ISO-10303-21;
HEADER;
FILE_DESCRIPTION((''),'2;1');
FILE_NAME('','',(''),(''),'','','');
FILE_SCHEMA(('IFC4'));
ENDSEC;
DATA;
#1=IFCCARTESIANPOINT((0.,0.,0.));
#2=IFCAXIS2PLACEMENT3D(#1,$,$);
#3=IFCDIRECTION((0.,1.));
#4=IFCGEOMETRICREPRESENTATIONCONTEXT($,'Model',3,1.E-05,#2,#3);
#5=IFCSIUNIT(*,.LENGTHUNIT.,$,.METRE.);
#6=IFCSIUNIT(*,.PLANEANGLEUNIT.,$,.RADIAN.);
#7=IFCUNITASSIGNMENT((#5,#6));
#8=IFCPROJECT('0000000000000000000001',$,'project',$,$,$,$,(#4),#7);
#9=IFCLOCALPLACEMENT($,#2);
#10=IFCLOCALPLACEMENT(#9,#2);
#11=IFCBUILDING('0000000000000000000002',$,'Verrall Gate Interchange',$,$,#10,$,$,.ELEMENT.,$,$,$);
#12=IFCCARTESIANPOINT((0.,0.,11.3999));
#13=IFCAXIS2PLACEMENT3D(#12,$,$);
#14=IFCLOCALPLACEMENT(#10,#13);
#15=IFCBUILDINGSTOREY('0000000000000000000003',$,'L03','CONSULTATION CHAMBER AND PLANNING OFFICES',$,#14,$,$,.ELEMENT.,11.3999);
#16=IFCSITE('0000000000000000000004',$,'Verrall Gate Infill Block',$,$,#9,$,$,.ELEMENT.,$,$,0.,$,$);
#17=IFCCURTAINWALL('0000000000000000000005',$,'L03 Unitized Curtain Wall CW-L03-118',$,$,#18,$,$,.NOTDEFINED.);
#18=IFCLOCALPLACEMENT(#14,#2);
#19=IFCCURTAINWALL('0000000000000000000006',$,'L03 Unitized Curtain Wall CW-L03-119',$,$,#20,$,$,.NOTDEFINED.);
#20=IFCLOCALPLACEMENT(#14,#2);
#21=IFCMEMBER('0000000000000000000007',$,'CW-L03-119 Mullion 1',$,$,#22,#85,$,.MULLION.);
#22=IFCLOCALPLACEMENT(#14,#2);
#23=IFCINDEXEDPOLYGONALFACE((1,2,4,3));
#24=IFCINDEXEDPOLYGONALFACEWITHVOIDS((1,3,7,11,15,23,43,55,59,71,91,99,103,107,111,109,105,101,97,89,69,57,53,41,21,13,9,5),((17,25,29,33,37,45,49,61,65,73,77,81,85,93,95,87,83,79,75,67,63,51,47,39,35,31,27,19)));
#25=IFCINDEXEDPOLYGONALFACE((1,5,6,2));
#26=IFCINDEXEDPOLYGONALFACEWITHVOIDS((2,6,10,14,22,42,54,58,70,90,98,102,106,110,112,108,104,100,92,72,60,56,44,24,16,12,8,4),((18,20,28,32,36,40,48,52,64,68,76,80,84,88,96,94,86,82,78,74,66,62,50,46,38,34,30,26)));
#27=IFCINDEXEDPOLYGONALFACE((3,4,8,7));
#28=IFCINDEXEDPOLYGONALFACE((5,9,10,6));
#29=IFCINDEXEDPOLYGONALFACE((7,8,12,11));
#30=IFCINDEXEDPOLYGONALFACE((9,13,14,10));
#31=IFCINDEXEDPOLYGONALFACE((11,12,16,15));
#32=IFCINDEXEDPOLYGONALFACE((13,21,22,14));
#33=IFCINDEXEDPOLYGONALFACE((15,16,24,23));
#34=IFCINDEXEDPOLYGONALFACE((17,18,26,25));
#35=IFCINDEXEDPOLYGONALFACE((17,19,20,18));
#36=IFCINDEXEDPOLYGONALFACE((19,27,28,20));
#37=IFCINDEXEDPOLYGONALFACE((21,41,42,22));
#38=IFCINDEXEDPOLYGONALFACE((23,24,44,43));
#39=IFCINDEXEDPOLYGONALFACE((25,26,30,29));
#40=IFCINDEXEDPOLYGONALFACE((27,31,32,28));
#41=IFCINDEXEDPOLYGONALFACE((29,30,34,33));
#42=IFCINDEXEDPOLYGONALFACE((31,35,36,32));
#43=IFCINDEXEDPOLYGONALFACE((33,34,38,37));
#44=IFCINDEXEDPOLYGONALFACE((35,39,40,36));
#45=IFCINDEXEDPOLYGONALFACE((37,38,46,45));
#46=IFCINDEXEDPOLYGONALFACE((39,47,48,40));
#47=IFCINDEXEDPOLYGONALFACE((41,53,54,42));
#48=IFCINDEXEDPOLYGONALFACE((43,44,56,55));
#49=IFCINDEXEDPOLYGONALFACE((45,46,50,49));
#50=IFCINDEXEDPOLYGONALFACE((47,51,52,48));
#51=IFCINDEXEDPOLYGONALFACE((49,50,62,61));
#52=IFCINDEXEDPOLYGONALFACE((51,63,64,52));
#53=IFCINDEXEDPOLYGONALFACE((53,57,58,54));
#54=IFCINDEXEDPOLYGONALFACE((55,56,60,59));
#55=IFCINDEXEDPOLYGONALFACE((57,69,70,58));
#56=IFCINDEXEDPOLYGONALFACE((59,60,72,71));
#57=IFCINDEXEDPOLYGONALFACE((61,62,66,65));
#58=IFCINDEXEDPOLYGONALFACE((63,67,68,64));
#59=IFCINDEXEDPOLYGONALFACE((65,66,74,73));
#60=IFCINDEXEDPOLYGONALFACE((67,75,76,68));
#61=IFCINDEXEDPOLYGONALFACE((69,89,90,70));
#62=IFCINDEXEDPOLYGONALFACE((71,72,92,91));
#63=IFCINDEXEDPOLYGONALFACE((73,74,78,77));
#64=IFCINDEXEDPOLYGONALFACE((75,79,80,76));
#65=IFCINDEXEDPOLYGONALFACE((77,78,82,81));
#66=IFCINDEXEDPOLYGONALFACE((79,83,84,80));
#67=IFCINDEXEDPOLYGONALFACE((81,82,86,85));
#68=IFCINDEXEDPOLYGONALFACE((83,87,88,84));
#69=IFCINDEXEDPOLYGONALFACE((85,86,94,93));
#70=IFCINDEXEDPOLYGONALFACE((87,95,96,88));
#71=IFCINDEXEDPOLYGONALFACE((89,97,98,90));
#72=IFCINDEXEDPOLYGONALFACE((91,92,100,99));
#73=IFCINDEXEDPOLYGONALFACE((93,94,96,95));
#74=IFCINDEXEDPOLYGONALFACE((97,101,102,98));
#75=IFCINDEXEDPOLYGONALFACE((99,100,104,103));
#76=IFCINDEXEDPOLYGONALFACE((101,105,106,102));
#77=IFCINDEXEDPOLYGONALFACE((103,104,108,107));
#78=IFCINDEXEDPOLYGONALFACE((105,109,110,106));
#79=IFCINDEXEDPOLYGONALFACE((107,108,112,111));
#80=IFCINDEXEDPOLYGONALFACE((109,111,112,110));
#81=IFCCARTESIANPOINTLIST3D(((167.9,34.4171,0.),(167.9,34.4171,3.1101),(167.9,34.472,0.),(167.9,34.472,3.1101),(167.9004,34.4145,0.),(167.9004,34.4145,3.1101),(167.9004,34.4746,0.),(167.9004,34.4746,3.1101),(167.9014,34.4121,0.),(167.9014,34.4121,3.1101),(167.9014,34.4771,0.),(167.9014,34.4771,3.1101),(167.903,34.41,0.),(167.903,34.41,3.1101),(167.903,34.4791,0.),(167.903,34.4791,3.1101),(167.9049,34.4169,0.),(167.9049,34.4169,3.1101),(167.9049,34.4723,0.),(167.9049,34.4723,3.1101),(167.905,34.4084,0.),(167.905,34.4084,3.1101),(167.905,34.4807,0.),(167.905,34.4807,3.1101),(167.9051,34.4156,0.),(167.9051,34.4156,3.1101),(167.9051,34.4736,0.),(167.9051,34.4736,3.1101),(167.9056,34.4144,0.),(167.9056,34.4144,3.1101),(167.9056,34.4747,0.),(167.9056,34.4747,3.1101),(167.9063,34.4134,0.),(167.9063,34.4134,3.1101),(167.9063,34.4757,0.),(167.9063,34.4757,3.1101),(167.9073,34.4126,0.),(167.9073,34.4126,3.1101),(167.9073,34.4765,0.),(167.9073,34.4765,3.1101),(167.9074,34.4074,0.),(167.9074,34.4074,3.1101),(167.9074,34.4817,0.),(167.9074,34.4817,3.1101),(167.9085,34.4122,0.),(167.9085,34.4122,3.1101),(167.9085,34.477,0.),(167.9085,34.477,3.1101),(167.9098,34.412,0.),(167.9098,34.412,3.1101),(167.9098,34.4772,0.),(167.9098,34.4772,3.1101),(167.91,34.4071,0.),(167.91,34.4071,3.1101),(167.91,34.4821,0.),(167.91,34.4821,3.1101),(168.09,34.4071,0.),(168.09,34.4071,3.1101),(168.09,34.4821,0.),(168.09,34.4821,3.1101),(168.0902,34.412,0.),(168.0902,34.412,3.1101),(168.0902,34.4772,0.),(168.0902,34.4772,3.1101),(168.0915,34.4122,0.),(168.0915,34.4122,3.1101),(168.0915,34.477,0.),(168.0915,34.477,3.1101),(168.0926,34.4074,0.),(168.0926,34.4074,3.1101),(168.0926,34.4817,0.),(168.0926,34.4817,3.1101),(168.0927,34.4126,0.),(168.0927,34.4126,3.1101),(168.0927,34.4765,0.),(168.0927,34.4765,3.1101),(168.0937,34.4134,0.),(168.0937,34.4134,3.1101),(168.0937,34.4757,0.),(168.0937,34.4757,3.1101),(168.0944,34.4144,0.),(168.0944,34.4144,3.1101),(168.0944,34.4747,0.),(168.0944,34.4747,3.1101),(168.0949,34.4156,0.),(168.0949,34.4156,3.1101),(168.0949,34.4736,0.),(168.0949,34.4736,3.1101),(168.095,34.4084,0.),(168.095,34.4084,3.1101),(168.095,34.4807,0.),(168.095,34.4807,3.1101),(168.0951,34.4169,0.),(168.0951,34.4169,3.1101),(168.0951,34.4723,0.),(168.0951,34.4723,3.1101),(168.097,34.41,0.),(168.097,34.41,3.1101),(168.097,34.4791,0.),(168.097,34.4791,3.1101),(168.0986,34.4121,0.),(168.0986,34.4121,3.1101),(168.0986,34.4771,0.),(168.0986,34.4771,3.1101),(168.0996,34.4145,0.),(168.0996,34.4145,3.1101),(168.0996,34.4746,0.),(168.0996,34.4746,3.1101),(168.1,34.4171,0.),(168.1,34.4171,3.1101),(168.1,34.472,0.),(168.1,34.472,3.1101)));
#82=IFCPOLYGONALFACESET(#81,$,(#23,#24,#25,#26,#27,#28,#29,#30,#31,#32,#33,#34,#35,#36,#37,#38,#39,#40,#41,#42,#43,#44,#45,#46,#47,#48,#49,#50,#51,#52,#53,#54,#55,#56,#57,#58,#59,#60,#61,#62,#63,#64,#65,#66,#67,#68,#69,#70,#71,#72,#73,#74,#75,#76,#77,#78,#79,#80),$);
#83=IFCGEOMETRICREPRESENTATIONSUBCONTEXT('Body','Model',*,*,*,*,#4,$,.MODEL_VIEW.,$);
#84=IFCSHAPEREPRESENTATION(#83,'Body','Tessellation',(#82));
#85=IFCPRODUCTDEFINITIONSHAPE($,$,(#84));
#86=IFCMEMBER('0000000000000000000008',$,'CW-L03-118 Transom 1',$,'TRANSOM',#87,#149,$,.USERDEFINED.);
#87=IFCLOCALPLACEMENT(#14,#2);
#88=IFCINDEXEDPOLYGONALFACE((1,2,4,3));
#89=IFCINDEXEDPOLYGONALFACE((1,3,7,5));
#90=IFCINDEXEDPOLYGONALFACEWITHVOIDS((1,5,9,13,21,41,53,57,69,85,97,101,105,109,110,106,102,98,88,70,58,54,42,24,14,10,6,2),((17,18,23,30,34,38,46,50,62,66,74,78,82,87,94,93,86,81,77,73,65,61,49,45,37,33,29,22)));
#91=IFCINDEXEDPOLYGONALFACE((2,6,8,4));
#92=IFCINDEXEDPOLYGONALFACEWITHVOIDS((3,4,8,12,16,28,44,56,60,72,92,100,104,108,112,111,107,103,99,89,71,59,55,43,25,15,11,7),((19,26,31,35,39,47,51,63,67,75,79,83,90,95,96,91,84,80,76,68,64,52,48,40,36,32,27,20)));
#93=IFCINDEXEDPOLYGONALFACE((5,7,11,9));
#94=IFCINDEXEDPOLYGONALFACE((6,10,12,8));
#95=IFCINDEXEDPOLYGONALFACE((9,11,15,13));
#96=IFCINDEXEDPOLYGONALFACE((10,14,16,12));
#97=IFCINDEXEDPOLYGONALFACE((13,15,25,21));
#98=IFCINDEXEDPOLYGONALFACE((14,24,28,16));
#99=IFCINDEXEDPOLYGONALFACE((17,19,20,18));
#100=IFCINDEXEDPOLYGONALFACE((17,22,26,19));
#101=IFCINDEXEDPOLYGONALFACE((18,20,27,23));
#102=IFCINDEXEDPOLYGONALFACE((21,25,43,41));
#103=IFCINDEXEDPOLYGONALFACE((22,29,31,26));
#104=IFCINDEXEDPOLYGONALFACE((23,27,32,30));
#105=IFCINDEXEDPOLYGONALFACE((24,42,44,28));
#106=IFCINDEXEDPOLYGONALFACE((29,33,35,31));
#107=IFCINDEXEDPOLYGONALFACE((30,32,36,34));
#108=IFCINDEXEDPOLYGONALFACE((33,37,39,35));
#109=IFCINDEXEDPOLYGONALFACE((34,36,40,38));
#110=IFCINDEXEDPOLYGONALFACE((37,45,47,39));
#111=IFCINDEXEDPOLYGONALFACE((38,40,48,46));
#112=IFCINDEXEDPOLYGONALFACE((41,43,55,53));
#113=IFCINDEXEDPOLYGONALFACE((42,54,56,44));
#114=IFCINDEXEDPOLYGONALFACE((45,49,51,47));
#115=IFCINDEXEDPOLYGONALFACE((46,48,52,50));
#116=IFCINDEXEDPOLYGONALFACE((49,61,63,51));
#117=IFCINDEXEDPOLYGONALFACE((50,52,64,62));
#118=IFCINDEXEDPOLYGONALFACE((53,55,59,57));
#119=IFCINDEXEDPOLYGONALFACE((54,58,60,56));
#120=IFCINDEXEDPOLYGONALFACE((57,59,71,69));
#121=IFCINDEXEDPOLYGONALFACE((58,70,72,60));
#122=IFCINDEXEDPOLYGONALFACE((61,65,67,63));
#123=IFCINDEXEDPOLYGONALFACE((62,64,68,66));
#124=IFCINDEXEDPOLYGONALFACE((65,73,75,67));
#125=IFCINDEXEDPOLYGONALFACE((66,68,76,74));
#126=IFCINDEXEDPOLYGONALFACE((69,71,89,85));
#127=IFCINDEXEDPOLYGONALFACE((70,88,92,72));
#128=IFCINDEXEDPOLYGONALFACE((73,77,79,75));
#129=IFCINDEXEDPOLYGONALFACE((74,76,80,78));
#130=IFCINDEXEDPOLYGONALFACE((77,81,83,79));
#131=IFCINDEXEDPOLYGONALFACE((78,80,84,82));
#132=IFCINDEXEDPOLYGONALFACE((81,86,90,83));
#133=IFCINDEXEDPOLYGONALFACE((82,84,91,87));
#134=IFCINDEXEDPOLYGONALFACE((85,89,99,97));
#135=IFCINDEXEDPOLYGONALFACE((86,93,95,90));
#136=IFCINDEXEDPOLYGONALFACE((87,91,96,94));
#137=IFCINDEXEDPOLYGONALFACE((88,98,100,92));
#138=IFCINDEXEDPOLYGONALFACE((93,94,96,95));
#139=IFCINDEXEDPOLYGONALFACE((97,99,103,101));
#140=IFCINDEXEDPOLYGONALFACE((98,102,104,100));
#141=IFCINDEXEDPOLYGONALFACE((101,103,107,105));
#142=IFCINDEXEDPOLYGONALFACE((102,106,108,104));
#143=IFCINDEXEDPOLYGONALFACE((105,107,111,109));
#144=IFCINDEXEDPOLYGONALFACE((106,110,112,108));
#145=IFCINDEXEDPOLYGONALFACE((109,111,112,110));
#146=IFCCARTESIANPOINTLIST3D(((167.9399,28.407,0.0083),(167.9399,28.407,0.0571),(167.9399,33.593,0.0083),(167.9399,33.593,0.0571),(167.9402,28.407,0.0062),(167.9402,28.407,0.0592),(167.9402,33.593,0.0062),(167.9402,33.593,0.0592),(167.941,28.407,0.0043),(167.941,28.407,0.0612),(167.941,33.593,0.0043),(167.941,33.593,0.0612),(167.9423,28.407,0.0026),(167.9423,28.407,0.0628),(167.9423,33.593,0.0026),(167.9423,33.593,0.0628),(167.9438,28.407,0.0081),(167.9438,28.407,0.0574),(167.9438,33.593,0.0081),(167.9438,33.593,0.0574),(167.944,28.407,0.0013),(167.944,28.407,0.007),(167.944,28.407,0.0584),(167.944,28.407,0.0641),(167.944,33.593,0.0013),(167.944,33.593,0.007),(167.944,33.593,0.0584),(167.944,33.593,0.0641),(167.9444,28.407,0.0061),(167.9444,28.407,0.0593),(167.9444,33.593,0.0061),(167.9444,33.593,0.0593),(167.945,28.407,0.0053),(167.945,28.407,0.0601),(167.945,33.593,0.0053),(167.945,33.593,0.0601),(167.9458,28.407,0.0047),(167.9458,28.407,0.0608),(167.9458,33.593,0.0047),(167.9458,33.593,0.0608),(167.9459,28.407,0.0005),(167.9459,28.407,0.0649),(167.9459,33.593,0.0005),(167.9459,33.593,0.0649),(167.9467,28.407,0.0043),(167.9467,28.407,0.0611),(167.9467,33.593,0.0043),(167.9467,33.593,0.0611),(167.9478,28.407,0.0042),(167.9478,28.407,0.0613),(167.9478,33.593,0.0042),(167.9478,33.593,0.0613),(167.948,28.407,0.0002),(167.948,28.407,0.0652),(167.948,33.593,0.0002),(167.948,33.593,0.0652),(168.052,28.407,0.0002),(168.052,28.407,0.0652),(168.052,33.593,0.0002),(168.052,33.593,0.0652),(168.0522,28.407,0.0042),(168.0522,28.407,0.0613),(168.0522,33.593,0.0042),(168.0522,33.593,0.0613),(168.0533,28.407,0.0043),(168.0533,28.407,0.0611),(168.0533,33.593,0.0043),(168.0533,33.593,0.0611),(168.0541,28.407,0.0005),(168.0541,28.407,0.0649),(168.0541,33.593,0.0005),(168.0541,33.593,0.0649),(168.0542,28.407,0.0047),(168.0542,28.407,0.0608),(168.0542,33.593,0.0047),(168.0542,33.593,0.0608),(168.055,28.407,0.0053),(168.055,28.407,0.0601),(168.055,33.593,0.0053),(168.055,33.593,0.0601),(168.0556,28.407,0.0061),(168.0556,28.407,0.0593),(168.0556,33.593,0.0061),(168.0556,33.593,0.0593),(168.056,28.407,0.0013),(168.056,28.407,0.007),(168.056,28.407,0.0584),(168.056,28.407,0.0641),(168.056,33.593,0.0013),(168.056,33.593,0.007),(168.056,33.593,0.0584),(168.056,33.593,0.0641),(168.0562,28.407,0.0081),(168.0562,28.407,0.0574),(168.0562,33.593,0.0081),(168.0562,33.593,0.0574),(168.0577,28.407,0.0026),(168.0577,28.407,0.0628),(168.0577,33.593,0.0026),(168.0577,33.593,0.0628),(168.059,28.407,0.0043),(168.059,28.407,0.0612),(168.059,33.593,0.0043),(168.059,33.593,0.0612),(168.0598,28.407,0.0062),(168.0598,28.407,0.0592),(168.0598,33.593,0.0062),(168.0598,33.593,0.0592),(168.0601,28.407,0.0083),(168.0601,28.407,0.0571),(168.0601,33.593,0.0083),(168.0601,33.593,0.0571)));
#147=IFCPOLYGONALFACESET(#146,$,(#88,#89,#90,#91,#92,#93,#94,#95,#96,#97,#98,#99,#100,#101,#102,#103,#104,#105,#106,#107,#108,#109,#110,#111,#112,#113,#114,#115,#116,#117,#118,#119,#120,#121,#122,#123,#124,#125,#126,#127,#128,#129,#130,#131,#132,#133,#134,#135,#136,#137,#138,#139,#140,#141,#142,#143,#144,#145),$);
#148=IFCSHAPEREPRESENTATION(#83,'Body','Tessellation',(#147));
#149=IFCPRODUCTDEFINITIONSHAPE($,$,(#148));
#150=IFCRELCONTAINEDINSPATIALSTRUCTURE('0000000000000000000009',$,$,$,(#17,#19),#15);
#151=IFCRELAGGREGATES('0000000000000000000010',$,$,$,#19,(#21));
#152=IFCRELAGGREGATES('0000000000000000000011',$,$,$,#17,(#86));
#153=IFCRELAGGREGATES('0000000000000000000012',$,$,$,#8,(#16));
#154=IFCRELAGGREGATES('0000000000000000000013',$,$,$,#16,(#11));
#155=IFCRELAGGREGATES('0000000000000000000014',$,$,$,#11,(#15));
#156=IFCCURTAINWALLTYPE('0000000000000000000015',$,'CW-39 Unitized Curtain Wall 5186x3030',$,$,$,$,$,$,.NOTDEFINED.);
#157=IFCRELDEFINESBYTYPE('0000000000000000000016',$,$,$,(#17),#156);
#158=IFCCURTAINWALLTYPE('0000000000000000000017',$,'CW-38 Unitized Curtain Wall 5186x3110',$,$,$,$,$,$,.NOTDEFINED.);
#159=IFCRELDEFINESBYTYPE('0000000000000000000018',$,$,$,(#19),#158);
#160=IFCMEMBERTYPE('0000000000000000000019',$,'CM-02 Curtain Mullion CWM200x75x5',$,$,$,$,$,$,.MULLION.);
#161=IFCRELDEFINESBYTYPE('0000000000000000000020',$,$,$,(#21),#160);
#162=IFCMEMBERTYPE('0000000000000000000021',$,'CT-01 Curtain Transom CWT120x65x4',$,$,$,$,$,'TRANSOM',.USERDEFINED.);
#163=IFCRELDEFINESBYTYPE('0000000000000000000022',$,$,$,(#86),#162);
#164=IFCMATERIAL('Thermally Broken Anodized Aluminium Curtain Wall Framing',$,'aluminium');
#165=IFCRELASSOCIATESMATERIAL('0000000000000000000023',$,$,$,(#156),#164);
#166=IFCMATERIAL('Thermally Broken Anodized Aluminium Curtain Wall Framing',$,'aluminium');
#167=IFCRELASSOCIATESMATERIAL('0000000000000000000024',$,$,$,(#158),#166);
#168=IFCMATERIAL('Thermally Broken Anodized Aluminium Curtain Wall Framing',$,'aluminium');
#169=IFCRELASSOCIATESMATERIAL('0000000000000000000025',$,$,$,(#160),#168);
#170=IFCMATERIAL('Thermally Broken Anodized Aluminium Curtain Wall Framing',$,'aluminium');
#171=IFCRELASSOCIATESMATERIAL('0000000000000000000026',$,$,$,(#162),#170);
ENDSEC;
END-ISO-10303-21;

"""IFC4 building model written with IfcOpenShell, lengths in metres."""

from ifc_helpers import new_model, si_unit, direction, frame, origin, origin_2d, place, context, subcontext, project, spatial, hollow_rectangle, extrude, material, material_profile, profile_set, type_object, element, aggregate, save


model = new_model("IFC4")

# Units and contexts
model_context = context("Model", 3, precision=1e-05, world=origin(), true_north=direction((0.0, 1.0)))
body_context = subcontext(model_context, "Body", "Model", "MODEL_VIEW")
ifc_project = project(units=[si_unit("LENGTHUNIT", "METRE"), si_unit("PLANEANGLEUNIT", "RADIAN")], contexts=[model_context])

# Site, building, storey
site_placement = place(None, origin())
site = spatial("IfcSite", under=ifc_project, at=site_placement, Name="Verrall Gate Infill Block", CompositionType="ELEMENT", RefElevation=0.0)
building_placement = place(site_placement, origin())
building = spatial("IfcBuilding", under=site, at=building_placement, Name="Verrall Gate Interchange", CompositionType="ELEMENT")
storey_placement = place(building_placement, frame((0.0, 0.0, 11.3999)))
storey = spatial("IfcBuildingStorey", under=building, at=storey_placement, Name="L03", Description="CONSULTATION CHAMBER AND PLANNING OFFICES", CompositionType="ELEMENT", Elevation=11.3999)

# Curtain wall
ifc_material_1 = material(Name="Thermally Broken Anodized Aluminium Curtain Wall Framing", Category="aluminium")
curtain_wall_type_1 = type_object("IfcCurtainWallType", Name="CW-39 Unitized Curtain Wall 5186x3030", PredefinedType="NOTDEFINED", material=ifc_material_1)
curtain_wall_1_placement = place(storey_placement, origin())
curtain_wall_1 = element("IfcCurtainWall", 1, at=curtain_wall_1_placement, inside=storey, type_object=curtain_wall_type_1, Name="L03 Unitized Curtain Wall CW-L03-118", PredefinedType="NOTDEFINED")

# Curtain wall, member
ifc_material_2 = material(Name="Thermally Broken Anodized Aluminium Curtain Wall Framing", Category="aluminium")
curtain_wall_type_2 = type_object("IfcCurtainWallType", Name="CW-38 Unitized Curtain Wall 5186x3110", PredefinedType="NOTDEFINED", material=ifc_material_2)
curtain_wall_2_placement = place(storey_placement, origin())
curtain_wall_2 = element("IfcCurtainWall", 2, at=curtain_wall_2_placement, inside=storey, type_object=curtain_wall_type_2, Name="L03 Unitized Curtain Wall CW-L03-119", PredefinedType="NOTDEFINED")
ifc_material_3 = material(Name="Thermally Broken Anodized Aluminium Curtain Wall Framing", Category="aluminium")
ifc_material_profile_1 = material_profile(ifc_material_3, hollow_rectangle(XDim=0.075, YDim=0.2, WallThickness=0.0049, InnerFilletRadius=0.0049, OuterFilletRadius=0.01, at=origin_2d()), Name="CWM200x75x5")
ifc_profile_set_1 = profile_set([ifc_material_profile_1], Name="Thermally Broken Anodized Aluminium Curtain Wall Framing")
member_type_1 = type_object("IfcMemberType", Name="CM-02 Curtain Mullion CWM200x75x5", PredefinedType="MULLION", material=ifc_profile_set_1)
member_1_placement = place(storey_placement, frame((168.0, 34.4446, 0.0), z_axis=(0.0, 0.0, 1.0), x_axis=(0.0, 1.0, 0.0)))
member_1 = element("IfcMember", 3, at=member_1_placement, type_object=member_type_1, Name="CW-L03-119 Mullion 1", PredefinedType="MULLION", context=body_context, shape_type="SweptSolid", body=[
    extrude(hollow_rectangle(XDim=0.075, YDim=0.2, WallThickness=0.0049, InnerFilletRadius=0.0049, OuterFilletRadius=0.01, at=origin_2d()), origin(), (0.0, 0.0, 1.0), 3.1101),
])

# Member
ifc_material_4 = material(Name="Thermally Broken Anodized Aluminium Curtain Wall Framing", Category="aluminium")
ifc_material_profile_2 = material_profile(ifc_material_4, hollow_rectangle(XDim=0.1201, YDim=0.0649, WallThickness=0.0039, InnerFilletRadius=0.0039, OuterFilletRadius=0.0081, at=origin_2d()), Name="CWT120x65x4")
ifc_profile_set_2 = profile_set([ifc_material_profile_2], Name="Thermally Broken Anodized Aluminium Curtain Wall Framing")
member_type_2 = type_object("IfcMemberType", Name="CT-01 Curtain Transom CWT120x65x4", ElementType="TRANSOM", PredefinedType="USERDEFINED", material=ifc_profile_set_2)
member_2_placement = place(storey_placement, frame((168.0, 28.407, 0.0327), z_axis=(0.0, 1.0, 0.0), x_axis=(-1.0, 0.0, 0.0)))
member_2 = element("IfcMember", 4, at=member_2_placement, type_object=member_type_2, Name="CW-L03-118 Transom 1", ObjectType="TRANSOM", PredefinedType="USERDEFINED", context=body_context, shape_type="SweptSolid", body=[
    extrude(hollow_rectangle(XDim=0.1201, YDim=0.0649, WallThickness=0.0039, InnerFilletRadius=0.0039, OuterFilletRadius=0.0081, at=origin_2d()), origin(), (0.0, 0.0, 1.0), 5.186),
])
aggregate(curtain_wall_2, [member_1])

aggregate(curtain_wall_1, [member_2])

save(model, "model.ifc")
